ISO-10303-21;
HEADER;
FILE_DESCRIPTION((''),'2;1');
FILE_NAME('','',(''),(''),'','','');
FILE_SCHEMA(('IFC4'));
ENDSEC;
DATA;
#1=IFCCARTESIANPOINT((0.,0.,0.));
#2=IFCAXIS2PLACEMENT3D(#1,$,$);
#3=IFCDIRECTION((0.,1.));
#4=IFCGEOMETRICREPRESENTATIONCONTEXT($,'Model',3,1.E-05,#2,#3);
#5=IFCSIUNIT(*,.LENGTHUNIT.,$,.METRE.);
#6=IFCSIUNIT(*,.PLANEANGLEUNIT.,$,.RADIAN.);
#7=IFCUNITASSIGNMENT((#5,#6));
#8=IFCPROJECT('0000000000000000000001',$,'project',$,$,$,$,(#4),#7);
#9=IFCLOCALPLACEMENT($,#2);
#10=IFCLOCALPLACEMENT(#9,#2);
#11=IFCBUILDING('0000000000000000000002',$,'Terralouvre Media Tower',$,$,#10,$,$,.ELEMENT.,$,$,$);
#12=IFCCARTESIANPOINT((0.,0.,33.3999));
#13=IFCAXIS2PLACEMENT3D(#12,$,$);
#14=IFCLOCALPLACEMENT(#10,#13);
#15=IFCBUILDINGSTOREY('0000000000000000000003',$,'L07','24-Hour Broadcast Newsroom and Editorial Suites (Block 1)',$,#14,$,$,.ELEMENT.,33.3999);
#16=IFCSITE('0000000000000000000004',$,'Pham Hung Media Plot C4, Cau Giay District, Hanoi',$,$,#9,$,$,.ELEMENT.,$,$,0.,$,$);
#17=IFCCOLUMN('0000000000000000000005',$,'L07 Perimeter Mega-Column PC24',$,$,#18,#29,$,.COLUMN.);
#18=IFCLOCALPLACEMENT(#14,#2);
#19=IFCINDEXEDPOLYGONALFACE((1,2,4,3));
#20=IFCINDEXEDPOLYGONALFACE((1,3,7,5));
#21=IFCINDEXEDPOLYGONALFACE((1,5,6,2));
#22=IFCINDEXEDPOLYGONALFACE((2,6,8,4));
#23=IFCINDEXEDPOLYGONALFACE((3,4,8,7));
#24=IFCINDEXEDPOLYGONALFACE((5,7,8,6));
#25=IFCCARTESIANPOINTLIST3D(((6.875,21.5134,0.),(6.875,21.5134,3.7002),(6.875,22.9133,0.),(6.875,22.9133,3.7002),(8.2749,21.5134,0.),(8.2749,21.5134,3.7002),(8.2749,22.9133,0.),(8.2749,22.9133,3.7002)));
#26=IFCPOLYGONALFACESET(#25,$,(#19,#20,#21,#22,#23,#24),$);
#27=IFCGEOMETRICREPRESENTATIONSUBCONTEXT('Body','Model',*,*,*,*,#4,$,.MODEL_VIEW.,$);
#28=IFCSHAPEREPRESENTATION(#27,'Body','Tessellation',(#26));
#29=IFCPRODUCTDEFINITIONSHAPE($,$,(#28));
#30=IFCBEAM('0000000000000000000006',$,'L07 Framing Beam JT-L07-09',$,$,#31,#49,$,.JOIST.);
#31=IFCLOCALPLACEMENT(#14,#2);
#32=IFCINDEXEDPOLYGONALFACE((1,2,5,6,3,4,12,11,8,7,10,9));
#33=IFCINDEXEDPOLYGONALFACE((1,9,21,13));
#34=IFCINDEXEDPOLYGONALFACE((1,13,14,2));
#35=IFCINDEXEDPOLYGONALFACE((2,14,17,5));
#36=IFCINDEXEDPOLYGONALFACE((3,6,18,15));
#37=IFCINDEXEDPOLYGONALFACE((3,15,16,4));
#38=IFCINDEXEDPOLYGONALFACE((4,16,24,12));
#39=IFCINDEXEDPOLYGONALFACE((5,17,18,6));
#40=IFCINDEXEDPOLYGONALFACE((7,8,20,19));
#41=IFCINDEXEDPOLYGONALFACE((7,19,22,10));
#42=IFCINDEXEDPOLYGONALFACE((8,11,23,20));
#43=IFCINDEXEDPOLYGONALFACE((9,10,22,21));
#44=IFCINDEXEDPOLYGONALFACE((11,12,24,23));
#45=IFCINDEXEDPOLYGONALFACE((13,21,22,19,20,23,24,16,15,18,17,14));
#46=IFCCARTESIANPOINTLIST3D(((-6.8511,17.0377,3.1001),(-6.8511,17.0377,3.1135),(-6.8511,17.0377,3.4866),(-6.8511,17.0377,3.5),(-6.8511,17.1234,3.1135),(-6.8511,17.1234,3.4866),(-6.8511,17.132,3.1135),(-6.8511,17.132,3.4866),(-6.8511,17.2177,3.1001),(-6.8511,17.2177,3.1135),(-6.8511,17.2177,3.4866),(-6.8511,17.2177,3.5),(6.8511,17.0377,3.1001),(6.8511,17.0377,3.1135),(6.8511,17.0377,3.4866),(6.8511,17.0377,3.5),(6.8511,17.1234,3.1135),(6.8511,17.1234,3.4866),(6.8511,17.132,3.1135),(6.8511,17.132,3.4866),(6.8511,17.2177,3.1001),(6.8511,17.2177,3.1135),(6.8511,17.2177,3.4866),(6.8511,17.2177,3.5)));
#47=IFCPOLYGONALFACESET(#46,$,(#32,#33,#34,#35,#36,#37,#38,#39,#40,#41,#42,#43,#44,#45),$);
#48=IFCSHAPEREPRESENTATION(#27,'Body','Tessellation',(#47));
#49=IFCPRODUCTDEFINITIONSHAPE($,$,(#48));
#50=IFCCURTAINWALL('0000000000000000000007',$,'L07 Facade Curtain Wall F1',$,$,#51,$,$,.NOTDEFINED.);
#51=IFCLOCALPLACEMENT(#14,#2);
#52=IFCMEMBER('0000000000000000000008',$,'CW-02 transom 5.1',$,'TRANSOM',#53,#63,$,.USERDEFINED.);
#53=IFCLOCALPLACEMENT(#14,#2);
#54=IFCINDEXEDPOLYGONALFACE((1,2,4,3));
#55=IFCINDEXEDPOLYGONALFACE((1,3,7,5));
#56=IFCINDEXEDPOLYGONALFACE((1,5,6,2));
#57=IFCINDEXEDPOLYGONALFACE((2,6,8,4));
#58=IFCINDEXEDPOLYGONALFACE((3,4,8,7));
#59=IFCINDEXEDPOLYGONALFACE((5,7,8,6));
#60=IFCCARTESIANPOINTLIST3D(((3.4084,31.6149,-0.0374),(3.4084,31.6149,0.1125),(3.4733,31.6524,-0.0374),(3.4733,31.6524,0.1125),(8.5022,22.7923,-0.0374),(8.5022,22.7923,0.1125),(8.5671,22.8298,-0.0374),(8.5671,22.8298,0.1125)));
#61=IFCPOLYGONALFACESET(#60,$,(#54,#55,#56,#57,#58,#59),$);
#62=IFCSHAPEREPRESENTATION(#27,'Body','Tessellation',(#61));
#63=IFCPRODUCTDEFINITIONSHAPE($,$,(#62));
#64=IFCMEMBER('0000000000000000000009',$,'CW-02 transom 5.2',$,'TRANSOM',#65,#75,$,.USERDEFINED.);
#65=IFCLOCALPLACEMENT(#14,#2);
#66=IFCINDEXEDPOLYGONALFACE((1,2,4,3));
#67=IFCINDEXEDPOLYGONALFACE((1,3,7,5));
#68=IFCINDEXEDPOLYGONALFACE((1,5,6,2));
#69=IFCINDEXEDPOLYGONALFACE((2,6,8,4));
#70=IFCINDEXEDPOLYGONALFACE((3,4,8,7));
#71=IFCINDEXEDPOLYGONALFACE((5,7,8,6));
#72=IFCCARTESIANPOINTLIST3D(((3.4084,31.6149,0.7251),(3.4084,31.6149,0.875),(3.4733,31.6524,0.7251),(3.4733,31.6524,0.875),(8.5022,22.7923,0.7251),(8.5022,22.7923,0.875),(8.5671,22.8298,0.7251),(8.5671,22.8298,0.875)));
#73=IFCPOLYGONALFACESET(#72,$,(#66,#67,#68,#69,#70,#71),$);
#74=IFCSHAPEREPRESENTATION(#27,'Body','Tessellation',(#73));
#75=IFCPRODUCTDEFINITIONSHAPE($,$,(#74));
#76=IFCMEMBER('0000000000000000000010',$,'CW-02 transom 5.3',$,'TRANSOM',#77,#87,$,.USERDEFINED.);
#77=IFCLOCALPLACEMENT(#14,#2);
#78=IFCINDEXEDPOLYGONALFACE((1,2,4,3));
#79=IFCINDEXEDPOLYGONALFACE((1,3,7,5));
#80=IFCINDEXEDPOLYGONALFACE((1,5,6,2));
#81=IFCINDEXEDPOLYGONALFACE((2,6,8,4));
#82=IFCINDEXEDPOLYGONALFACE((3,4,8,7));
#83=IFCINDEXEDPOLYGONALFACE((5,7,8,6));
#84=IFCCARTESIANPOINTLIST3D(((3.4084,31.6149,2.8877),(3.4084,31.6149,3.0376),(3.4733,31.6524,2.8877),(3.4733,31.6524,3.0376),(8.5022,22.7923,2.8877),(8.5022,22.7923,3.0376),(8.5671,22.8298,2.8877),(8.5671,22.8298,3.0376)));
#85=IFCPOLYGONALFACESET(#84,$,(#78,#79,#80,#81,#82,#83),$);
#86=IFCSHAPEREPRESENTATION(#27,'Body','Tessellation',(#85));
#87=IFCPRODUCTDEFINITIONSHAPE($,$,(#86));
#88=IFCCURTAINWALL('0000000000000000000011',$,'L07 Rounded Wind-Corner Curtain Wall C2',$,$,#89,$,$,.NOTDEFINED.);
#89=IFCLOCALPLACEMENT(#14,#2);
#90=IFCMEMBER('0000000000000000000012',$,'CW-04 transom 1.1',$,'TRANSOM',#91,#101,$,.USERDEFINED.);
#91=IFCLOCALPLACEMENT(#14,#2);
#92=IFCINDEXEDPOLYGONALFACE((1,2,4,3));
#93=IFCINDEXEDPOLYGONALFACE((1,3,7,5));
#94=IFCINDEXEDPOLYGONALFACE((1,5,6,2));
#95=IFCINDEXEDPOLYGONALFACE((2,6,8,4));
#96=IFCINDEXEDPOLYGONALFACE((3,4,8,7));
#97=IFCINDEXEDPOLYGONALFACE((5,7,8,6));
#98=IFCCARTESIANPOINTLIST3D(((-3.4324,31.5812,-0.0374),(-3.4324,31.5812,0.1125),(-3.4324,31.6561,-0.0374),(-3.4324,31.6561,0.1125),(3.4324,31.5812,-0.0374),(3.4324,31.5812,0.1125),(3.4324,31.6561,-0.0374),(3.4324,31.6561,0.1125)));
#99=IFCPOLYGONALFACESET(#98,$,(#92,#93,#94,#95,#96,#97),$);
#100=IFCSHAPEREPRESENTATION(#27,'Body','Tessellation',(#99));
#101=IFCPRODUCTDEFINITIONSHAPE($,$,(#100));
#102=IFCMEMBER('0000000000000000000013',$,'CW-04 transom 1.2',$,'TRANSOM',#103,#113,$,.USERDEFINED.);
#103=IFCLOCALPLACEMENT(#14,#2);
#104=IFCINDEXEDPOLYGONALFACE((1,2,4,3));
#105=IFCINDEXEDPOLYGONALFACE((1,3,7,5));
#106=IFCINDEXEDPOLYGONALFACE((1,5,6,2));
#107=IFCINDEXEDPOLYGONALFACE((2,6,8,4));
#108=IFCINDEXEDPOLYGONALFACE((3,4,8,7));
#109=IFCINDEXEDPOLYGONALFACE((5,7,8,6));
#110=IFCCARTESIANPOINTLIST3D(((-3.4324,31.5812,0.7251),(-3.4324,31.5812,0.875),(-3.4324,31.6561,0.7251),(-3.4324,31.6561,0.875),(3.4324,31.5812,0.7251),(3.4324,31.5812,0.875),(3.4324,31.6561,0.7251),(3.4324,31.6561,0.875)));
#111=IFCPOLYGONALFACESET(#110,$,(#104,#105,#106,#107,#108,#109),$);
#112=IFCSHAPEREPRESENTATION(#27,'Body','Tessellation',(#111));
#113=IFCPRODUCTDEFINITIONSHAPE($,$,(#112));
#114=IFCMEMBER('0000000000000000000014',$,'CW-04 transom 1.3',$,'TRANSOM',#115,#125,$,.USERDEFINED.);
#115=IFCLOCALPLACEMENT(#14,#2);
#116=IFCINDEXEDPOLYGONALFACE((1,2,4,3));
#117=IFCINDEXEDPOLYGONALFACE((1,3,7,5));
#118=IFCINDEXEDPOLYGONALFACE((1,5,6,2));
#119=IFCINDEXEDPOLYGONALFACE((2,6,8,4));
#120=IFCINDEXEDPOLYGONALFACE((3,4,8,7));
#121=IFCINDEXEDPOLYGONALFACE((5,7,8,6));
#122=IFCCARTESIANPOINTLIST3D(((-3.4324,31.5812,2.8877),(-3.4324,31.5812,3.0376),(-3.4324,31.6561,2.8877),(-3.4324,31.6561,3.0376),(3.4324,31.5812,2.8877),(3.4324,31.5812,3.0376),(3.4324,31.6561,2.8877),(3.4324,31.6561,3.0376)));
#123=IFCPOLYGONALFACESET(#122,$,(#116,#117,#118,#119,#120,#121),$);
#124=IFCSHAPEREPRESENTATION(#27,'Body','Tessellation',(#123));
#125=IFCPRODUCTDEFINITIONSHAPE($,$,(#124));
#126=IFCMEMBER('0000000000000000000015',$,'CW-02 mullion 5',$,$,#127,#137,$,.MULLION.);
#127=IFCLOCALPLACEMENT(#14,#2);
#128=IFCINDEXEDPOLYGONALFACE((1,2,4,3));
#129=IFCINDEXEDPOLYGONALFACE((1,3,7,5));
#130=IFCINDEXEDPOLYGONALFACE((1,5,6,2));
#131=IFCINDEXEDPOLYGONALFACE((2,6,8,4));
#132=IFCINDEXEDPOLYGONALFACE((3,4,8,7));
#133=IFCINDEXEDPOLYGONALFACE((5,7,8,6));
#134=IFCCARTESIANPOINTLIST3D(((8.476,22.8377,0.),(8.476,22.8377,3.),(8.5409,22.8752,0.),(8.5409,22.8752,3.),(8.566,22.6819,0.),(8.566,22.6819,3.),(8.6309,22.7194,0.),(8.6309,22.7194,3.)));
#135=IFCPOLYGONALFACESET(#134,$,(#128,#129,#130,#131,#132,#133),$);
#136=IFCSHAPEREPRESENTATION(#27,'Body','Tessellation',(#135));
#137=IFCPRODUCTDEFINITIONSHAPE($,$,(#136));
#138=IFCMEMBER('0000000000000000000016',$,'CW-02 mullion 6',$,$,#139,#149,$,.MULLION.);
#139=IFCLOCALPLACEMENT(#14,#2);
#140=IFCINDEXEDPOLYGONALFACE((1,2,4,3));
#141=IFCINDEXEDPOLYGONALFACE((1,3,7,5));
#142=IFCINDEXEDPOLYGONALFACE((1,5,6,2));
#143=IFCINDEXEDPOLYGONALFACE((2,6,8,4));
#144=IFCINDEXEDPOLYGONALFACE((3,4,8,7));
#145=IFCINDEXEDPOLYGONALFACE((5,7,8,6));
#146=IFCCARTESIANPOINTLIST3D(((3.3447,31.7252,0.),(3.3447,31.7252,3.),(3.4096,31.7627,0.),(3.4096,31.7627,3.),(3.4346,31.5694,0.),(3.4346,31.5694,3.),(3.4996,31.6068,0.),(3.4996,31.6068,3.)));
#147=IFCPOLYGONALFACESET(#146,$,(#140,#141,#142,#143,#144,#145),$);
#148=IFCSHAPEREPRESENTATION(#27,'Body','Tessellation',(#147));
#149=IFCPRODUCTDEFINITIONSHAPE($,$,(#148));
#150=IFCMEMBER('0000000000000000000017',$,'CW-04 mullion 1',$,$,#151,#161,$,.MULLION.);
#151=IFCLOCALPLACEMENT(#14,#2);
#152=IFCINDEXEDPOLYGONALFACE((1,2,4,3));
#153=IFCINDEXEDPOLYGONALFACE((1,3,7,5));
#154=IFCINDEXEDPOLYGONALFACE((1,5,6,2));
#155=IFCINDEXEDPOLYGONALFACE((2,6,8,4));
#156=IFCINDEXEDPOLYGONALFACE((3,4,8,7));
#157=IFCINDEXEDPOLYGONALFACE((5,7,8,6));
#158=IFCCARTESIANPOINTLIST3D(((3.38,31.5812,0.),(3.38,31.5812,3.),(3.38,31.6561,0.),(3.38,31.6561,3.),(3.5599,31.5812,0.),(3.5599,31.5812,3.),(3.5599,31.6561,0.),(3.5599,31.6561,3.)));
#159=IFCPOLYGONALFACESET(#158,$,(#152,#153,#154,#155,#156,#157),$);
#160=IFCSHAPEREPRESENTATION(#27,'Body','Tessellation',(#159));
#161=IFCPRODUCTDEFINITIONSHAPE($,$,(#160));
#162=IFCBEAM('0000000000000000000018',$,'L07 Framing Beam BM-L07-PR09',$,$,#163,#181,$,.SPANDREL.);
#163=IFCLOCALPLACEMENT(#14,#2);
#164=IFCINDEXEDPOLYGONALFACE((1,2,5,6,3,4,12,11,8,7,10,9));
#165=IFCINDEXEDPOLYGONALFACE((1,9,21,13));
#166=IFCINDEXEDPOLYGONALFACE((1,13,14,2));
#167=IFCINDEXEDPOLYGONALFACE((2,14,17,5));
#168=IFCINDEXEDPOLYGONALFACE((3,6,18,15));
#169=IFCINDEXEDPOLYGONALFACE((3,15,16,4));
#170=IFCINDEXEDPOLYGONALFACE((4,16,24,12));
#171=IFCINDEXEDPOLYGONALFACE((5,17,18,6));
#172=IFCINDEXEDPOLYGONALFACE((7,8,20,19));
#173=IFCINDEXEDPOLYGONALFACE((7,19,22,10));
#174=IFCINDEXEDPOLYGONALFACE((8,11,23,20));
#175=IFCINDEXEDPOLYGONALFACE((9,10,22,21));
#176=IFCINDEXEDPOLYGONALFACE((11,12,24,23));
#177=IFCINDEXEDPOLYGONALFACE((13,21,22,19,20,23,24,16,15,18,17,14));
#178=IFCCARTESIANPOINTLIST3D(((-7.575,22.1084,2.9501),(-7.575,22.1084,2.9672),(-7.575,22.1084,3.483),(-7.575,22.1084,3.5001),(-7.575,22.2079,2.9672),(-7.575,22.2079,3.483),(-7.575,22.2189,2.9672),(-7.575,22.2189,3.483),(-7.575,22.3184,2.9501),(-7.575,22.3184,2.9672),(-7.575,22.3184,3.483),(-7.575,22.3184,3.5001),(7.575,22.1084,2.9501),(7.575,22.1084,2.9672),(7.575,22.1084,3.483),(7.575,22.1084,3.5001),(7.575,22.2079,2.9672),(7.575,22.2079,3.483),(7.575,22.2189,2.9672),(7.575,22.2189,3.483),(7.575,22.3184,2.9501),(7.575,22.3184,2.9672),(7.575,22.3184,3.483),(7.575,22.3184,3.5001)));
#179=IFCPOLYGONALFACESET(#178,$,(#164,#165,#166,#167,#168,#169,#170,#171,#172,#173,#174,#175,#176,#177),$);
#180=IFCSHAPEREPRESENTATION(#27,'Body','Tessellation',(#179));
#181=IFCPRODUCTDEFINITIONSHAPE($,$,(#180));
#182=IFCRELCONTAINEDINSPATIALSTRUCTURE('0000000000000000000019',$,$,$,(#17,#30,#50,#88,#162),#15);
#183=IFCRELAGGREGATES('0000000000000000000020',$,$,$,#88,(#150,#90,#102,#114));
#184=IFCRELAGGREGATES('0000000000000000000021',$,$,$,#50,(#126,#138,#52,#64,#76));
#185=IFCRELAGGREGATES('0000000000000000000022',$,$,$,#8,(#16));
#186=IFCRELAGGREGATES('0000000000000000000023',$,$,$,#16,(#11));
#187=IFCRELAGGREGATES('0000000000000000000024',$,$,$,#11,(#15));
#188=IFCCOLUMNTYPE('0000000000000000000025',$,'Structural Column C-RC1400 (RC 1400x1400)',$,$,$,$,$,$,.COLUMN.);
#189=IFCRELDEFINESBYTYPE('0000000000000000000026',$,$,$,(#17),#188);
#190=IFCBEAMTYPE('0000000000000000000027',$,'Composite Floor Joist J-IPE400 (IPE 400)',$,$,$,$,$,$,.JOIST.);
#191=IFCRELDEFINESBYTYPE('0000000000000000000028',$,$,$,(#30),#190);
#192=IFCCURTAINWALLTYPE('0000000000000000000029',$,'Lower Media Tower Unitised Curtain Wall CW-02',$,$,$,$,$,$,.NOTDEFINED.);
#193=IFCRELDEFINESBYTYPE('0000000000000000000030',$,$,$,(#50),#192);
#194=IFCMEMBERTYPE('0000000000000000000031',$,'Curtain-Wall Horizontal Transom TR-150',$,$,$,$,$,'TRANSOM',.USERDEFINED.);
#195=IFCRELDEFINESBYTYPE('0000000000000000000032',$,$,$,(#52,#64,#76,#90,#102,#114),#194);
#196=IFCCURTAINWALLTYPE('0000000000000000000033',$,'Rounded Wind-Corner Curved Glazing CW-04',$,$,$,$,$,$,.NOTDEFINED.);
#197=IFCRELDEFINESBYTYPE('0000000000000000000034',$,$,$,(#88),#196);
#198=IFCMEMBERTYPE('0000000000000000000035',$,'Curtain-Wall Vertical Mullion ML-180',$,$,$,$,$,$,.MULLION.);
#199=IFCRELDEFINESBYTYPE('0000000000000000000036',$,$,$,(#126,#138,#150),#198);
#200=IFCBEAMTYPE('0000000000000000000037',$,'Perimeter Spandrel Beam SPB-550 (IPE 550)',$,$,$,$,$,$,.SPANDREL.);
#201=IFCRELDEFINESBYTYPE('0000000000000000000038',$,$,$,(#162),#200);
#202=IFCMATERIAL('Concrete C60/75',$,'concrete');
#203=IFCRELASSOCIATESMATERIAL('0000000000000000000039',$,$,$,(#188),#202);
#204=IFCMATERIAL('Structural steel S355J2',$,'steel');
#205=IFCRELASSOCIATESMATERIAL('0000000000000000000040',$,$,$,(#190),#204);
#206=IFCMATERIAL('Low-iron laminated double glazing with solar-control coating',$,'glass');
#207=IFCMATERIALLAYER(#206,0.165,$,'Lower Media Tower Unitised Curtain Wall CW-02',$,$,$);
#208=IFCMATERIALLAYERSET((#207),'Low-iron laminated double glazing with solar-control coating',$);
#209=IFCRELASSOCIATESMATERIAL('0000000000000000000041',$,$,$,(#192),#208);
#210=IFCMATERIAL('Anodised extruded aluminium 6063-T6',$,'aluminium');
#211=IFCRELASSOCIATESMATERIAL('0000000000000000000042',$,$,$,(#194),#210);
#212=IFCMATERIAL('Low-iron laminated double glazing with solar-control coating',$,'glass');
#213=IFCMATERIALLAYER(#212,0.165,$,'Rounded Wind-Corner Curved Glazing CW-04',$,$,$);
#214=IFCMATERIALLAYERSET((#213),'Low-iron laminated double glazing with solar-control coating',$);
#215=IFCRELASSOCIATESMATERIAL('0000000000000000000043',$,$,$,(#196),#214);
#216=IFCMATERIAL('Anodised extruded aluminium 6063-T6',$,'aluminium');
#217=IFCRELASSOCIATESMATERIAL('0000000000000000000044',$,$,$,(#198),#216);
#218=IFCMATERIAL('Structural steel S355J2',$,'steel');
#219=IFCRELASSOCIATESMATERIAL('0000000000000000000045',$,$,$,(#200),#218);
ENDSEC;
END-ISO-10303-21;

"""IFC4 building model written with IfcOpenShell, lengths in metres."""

from ifc_helpers import new_model, si_unit, direction, frame, origin, origin_2d, place, context, subcontext, project, spatial, rectangle, i_section, extrude, material, layer, layer_set, material_profile, profile_set, type_object, element, aggregate, save


model = new_model("IFC4")

# Units and contexts
model_context = context("Model", 3, precision=1e-05, world=origin(), true_north=direction((0.0, 1.0)))
body_context = subcontext(model_context, "Body", "Model", "MODEL_VIEW")
ifc_project = project(units=[si_unit("LENGTHUNIT", "METRE"), si_unit("PLANEANGLEUNIT", "RADIAN")], contexts=[model_context])

# Site, building, storey
site_placement = place(None, origin())
site = spatial("IfcSite", under=ifc_project, at=site_placement, Name="Pham Hung Media Plot C4, Cau Giay District, Hanoi", CompositionType="ELEMENT", RefElevation=0.0)
building_placement = place(site_placement, origin())
building = spatial("IfcBuilding", under=site, at=building_placement, Name="Terralouvre Media Tower", CompositionType="ELEMENT")
storey_placement = place(building_placement, frame((0.0, 0.0, 33.3999)))
storey = spatial("IfcBuildingStorey", under=building, at=storey_placement, Name="L07", Description="24-Hour Broadcast Newsroom and Editorial Suites (Block 1)", CompositionType="ELEMENT", Elevation=33.3999)

# Column
ifc_material_1 = material(Name="Concrete C60/75", Category="concrete")
ifc_material_profile_1 = material_profile(ifc_material_1, rectangle(XDim=1.3999, YDim=1.3999, at=origin_2d()), Name="RC 1400x1400")
ifc_profile_set_1 = profile_set([ifc_material_profile_1], Name="Concrete C60/75")
column_type = type_object("IfcColumnType", Name="Structural Column C-RC1400 (RC 1400x1400)", PredefinedType="COLUMN", material=ifc_profile_set_1)
column_placement = place(storey_placement, frame((7.575, 22.2134, 0.0), z_axis=(0.0, 0.0, 1.0), x_axis=(1.0, 0.0, 0.0)))
element("IfcColumn", 1, at=column_placement, inside=storey, type_object=column_type, Name="L07 Perimeter Mega-Column PC24", PredefinedType="COLUMN", context=body_context, shape_type="SweptSolid", body=[
    extrude(rectangle(XDim=1.3999, YDim=1.3999, at=origin_2d()), origin(), (0.0, 0.0, 1.0), 3.7002),
])

# Beam
ifc_material_2 = material(Name="Structural steel S355J2", Category="steel")
ifc_material_profile_2 = material_profile(ifc_material_2, i_section(OverallWidth=0.1799, OverallDepth=0.3999, WebThickness=0.0085, FlangeThickness=0.0134, at=origin_2d()), Name="IPE 400")
ifc_profile_set_2 = profile_set([ifc_material_profile_2], Name="Structural steel S355J2")
beam_type_1 = type_object("IfcBeamType", Name="Composite Floor Joist J-IPE400 (IPE 400)", PredefinedType="JOIST", material=ifc_profile_set_2)
beam_1_placement = place(storey_placement, frame((6.8511, 17.1277, 3.3), z_axis=(-1.0, 0.0, 0.0), x_axis=(0.0, -1.0, 0.0)))
element("IfcBeam", 2, at=beam_1_placement, inside=storey, type_object=beam_type_1, Name="L07 Framing Beam JT-L07-09", PredefinedType="JOIST", context=body_context, shape_type="SweptSolid", body=[
    extrude(i_section(OverallWidth=0.1799, OverallDepth=0.3999, WebThickness=0.0085, FlangeThickness=0.0134, at=origin_2d()), origin(), (0.0, 0.0, 1.0), 13.7021),
])

# Curtain walls, members
ifc_material_3 = material(Name="Low-iron laminated double glazing with solar-control coating", Category="glass")
ifc_layer_1 = layer(ifc_material_3, 0.165, Name="Lower Media Tower Unitised Curtain Wall CW-02")
ifc_layer_set_1 = layer_set([ifc_layer_1], Name="Low-iron laminated double glazing with solar-control coating")
curtain_wall_type_1 = type_object("IfcCurtainWallType", Name="Lower Media Tower Unitised Curtain Wall CW-02", PredefinedType="NOTDEFINED", material=ifc_layer_set_1)
curtain_wall_1_placement = place(storey_placement, origin())
curtain_wall_1 = element("IfcCurtainWall", 3, at=curtain_wall_1_placement, inside=storey, type_object=curtain_wall_type_1, Name="L07 Facade Curtain Wall F1", PredefinedType="NOTDEFINED")
ifc_material_4 = material(Name="Anodised extruded aluminium 6063-T6", Category="aluminium")
ifc_material_profile_3 = material_profile(ifc_material_4, rectangle(XDim=0.075, YDim=0.1499, at=origin_2d()), Name="ALU 75x150")
ifc_profile_set_3 = profile_set([ifc_material_profile_3], Name="Anodised extruded aluminium 6063-T6")
member_type_1 = type_object("IfcMemberType", Name="Curtain-Wall Horizontal Transom TR-150", ElementType="TRANSOM", PredefinedType="USERDEFINED", material=ifc_profile_set_3)
member_1_placement = place(storey_placement, frame((8.5347, 22.811, 0.0376), z_axis=(-0.500005, 0.866022, 0.0), x_axis=(-0.866022, -0.500005, 0.0)))
member_1 = element("IfcMember", 4, at=member_1_placement, type_object=member_type_1, Name="CW-02 transom 5.1", ObjectType="TRANSOM", PredefinedType="USERDEFINED", context=body_context, shape_type="SweptSolid", body=[
    extrude(rectangle(XDim=0.075, YDim=0.1499, at=origin_2d()), origin(), (0.0, 0.0, 1.0), 10.1875),
])
member_2_placement = place(storey_placement, frame((8.5347, 22.811, 0.8), z_axis=(-0.500005, 0.866022, 0.0), x_axis=(-0.866022, -0.500005, 0.0)))
member_2 = element("IfcMember", 5, at=member_2_placement, type_object=member_type_1, Name="CW-02 transom 5.2", ObjectType="TRANSOM", PredefinedType="USERDEFINED", context=body_context, shape_type="SweptSolid", body=[
    extrude(rectangle(XDim=0.075, YDim=0.1499, at=origin_2d()), origin(), (0.0, 0.0, 1.0), 10.1875),
])
member_3_placement = place(storey_placement, frame((8.5347, 22.811, 2.9626), z_axis=(-0.500005, 0.866022, 0.0), x_axis=(-0.866022, -0.500005, 0.0)))
member_3 = element("IfcMember", 6, at=member_3_placement, type_object=member_type_1, Name="CW-02 transom 5.3", ObjectType="TRANSOM", PredefinedType="USERDEFINED", context=body_context, shape_type="SweptSolid", body=[
    extrude(rectangle(XDim=0.075, YDim=0.1499, at=origin_2d()), origin(), (0.0, 0.0, 1.0), 10.1875),
])
ifc_material_5 = material(Name="Low-iron laminated double glazing with solar-control coating", Category="glass")
ifc_layer_2 = layer(ifc_material_5, 0.165, Name="Rounded Wind-Corner Curved Glazing CW-04")
ifc_layer_set_2 = layer_set([ifc_layer_2], Name="Low-iron laminated double glazing with solar-control coating")
curtain_wall_type_2 = type_object("IfcCurtainWallType", Name="Rounded Wind-Corner Curved Glazing CW-04", PredefinedType="NOTDEFINED", material=ifc_layer_set_2)
curtain_wall_2_placement = place(storey_placement, origin())
curtain_wall_2 = element("IfcCurtainWall", 7, at=curtain_wall_2_placement, inside=storey, type_object=curtain_wall_type_2, Name="L07 Rounded Wind-Corner Curtain Wall C2", PredefinedType="NOTDEFINED")
member_4_placement = place(storey_placement, frame((3.4324, 31.6187, 0.0376), z_axis=(-1.0, 0.0, 0.0), x_axis=(0.0, -1.0, 0.0)))
member_4 = element("IfcMember", 8, at=member_4_placement, type_object=member_type_1, Name="CW-04 transom 1.1", ObjectType="TRANSOM", PredefinedType="USERDEFINED", context=body_context, shape_type="SweptSolid", body=[
    extrude(rectangle(XDim=0.075, YDim=0.1499, at=origin_2d()), origin(), (0.0, 0.0, 1.0), 6.8647),
])
member_5_placement = place(storey_placement, frame((3.4324, 31.6187, 0.8), z_axis=(-1.0, 0.0, 0.0), x_axis=(0.0, -1.0, 0.0)))
member_5 = element("IfcMember", 9, at=member_5_placement, type_object=member_type_1, Name="CW-04 transom 1.2", ObjectType="TRANSOM", PredefinedType="USERDEFINED", context=body_context, shape_type="SweptSolid", body=[
    extrude(rectangle(XDim=0.075, YDim=0.1499, at=origin_2d()), origin(), (0.0, 0.0, 1.0), 6.8647),
])
member_6_placement = place(storey_placement, frame((3.4324, 31.6187, 2.9626), z_axis=(-1.0, 0.0, 0.0), x_axis=(0.0, -1.0, 0.0)))
member_6 = element("IfcMember", 10, at=member_6_placement, type_object=member_type_1, Name="CW-04 transom 1.3", ObjectType="TRANSOM", PredefinedType="USERDEFINED", context=body_context, shape_type="SweptSolid", body=[
    extrude(rectangle(XDim=0.075, YDim=0.1499, at=origin_2d()), origin(), (0.0, 0.0, 1.0), 6.8647),
])

# Members
ifc_material_6 = material(Name="Anodised extruded aluminium 6063-T6", Category="aluminium")
ifc_material_profile_4 = material_profile(ifc_material_6, rectangle(XDim=0.075, YDim=0.1799, at=origin_2d()), Name="ALU 75x180")
ifc_profile_set_4 = profile_set([ifc_material_profile_4], Name="Anodised extruded aluminium 6063-T6")
member_type_2 = type_object("IfcMemberType", Name="Curtain-Wall Vertical Mullion ML-180", PredefinedType="MULLION", material=ifc_profile_set_4)
member_7_placement = place(storey_placement, frame((8.5535, 22.7786, 0.0), z_axis=(0.0, 0.0, 1.0), x_axis=(-0.866025, -0.5, 0.0)))
member_7 = element("IfcMember", 11, at=member_7_placement, type_object=member_type_2, Name="CW-02 mullion 5", PredefinedType="MULLION", context=body_context, shape_type="SweptSolid", body=[
    extrude(rectangle(XDim=0.075, YDim=0.1799, at=origin_2d()), origin(), (0.0, 0.0, 1.0), 3.0),
])
member_8_placement = place(storey_placement, frame((3.4221, 31.666, 0.0), z_axis=(0.0, 0.0, 1.0), x_axis=(-0.866025, -0.5, 0.0)))
member_8 = element("IfcMember", 12, at=member_8_placement, type_object=member_type_2, Name="CW-02 mullion 6", PredefinedType="MULLION", context=body_context, shape_type="SweptSolid", body=[
    extrude(rectangle(XDim=0.075, YDim=0.1799, at=origin_2d()), origin(), (0.0, 0.0, 1.0), 3.0),
])
member_9_placement = place(storey_placement, frame((3.47, 31.6187, 0.0), z_axis=(0.0, 0.0, 1.0), x_axis=(0.0, -1.0, 0.0)))
member_9 = element("IfcMember", 13, at=member_9_placement, type_object=member_type_2, Name="CW-04 mullion 1", PredefinedType="MULLION", context=body_context, shape_type="SweptSolid", body=[
    extrude(rectangle(XDim=0.075, YDim=0.1799, at=origin_2d()), origin(), (0.0, 0.0, 1.0), 3.0),
])
aggregate(curtain_wall_2, [member_9, member_4, member_5, member_6])

# Beam
ifc_material_7 = material(Name="Structural steel S355J2", Category="steel")
ifc_material_profile_5 = material_profile(ifc_material_7, i_section(OverallWidth=0.21, OverallDepth=0.55, WebThickness=0.011, FlangeThickness=0.0171, at=origin_2d()), Name="IPE 550")
ifc_profile_set_5 = profile_set([ifc_material_profile_5], Name="Structural steel S355J2")
beam_type_2 = type_object("IfcBeamType", Name="Perimeter Spandrel Beam SPB-550 (IPE 550)", PredefinedType="SPANDREL", material=ifc_profile_set_5)
beam_2_placement = place(storey_placement, frame((7.575, 22.2134, 3.2251), z_axis=(-1.0, 0.0, 0.0), x_axis=(0.0, -1.0, 0.0)))
element("IfcBeam", 14, at=beam_2_placement, inside=storey, type_object=beam_type_2, Name="L07 Framing Beam BM-L07-PR09", PredefinedType="SPANDREL", context=body_context, shape_type="SweptSolid", body=[
    extrude(i_section(OverallWidth=0.21, OverallDepth=0.55, WebThickness=0.011, FlangeThickness=0.0171, at=origin_2d()), origin(), (0.0, 0.0, 1.0), 15.1499),
])

aggregate(curtain_wall_1, [member_7, member_8, member_1, member_2, member_3])

save(model, "model.ifc")
